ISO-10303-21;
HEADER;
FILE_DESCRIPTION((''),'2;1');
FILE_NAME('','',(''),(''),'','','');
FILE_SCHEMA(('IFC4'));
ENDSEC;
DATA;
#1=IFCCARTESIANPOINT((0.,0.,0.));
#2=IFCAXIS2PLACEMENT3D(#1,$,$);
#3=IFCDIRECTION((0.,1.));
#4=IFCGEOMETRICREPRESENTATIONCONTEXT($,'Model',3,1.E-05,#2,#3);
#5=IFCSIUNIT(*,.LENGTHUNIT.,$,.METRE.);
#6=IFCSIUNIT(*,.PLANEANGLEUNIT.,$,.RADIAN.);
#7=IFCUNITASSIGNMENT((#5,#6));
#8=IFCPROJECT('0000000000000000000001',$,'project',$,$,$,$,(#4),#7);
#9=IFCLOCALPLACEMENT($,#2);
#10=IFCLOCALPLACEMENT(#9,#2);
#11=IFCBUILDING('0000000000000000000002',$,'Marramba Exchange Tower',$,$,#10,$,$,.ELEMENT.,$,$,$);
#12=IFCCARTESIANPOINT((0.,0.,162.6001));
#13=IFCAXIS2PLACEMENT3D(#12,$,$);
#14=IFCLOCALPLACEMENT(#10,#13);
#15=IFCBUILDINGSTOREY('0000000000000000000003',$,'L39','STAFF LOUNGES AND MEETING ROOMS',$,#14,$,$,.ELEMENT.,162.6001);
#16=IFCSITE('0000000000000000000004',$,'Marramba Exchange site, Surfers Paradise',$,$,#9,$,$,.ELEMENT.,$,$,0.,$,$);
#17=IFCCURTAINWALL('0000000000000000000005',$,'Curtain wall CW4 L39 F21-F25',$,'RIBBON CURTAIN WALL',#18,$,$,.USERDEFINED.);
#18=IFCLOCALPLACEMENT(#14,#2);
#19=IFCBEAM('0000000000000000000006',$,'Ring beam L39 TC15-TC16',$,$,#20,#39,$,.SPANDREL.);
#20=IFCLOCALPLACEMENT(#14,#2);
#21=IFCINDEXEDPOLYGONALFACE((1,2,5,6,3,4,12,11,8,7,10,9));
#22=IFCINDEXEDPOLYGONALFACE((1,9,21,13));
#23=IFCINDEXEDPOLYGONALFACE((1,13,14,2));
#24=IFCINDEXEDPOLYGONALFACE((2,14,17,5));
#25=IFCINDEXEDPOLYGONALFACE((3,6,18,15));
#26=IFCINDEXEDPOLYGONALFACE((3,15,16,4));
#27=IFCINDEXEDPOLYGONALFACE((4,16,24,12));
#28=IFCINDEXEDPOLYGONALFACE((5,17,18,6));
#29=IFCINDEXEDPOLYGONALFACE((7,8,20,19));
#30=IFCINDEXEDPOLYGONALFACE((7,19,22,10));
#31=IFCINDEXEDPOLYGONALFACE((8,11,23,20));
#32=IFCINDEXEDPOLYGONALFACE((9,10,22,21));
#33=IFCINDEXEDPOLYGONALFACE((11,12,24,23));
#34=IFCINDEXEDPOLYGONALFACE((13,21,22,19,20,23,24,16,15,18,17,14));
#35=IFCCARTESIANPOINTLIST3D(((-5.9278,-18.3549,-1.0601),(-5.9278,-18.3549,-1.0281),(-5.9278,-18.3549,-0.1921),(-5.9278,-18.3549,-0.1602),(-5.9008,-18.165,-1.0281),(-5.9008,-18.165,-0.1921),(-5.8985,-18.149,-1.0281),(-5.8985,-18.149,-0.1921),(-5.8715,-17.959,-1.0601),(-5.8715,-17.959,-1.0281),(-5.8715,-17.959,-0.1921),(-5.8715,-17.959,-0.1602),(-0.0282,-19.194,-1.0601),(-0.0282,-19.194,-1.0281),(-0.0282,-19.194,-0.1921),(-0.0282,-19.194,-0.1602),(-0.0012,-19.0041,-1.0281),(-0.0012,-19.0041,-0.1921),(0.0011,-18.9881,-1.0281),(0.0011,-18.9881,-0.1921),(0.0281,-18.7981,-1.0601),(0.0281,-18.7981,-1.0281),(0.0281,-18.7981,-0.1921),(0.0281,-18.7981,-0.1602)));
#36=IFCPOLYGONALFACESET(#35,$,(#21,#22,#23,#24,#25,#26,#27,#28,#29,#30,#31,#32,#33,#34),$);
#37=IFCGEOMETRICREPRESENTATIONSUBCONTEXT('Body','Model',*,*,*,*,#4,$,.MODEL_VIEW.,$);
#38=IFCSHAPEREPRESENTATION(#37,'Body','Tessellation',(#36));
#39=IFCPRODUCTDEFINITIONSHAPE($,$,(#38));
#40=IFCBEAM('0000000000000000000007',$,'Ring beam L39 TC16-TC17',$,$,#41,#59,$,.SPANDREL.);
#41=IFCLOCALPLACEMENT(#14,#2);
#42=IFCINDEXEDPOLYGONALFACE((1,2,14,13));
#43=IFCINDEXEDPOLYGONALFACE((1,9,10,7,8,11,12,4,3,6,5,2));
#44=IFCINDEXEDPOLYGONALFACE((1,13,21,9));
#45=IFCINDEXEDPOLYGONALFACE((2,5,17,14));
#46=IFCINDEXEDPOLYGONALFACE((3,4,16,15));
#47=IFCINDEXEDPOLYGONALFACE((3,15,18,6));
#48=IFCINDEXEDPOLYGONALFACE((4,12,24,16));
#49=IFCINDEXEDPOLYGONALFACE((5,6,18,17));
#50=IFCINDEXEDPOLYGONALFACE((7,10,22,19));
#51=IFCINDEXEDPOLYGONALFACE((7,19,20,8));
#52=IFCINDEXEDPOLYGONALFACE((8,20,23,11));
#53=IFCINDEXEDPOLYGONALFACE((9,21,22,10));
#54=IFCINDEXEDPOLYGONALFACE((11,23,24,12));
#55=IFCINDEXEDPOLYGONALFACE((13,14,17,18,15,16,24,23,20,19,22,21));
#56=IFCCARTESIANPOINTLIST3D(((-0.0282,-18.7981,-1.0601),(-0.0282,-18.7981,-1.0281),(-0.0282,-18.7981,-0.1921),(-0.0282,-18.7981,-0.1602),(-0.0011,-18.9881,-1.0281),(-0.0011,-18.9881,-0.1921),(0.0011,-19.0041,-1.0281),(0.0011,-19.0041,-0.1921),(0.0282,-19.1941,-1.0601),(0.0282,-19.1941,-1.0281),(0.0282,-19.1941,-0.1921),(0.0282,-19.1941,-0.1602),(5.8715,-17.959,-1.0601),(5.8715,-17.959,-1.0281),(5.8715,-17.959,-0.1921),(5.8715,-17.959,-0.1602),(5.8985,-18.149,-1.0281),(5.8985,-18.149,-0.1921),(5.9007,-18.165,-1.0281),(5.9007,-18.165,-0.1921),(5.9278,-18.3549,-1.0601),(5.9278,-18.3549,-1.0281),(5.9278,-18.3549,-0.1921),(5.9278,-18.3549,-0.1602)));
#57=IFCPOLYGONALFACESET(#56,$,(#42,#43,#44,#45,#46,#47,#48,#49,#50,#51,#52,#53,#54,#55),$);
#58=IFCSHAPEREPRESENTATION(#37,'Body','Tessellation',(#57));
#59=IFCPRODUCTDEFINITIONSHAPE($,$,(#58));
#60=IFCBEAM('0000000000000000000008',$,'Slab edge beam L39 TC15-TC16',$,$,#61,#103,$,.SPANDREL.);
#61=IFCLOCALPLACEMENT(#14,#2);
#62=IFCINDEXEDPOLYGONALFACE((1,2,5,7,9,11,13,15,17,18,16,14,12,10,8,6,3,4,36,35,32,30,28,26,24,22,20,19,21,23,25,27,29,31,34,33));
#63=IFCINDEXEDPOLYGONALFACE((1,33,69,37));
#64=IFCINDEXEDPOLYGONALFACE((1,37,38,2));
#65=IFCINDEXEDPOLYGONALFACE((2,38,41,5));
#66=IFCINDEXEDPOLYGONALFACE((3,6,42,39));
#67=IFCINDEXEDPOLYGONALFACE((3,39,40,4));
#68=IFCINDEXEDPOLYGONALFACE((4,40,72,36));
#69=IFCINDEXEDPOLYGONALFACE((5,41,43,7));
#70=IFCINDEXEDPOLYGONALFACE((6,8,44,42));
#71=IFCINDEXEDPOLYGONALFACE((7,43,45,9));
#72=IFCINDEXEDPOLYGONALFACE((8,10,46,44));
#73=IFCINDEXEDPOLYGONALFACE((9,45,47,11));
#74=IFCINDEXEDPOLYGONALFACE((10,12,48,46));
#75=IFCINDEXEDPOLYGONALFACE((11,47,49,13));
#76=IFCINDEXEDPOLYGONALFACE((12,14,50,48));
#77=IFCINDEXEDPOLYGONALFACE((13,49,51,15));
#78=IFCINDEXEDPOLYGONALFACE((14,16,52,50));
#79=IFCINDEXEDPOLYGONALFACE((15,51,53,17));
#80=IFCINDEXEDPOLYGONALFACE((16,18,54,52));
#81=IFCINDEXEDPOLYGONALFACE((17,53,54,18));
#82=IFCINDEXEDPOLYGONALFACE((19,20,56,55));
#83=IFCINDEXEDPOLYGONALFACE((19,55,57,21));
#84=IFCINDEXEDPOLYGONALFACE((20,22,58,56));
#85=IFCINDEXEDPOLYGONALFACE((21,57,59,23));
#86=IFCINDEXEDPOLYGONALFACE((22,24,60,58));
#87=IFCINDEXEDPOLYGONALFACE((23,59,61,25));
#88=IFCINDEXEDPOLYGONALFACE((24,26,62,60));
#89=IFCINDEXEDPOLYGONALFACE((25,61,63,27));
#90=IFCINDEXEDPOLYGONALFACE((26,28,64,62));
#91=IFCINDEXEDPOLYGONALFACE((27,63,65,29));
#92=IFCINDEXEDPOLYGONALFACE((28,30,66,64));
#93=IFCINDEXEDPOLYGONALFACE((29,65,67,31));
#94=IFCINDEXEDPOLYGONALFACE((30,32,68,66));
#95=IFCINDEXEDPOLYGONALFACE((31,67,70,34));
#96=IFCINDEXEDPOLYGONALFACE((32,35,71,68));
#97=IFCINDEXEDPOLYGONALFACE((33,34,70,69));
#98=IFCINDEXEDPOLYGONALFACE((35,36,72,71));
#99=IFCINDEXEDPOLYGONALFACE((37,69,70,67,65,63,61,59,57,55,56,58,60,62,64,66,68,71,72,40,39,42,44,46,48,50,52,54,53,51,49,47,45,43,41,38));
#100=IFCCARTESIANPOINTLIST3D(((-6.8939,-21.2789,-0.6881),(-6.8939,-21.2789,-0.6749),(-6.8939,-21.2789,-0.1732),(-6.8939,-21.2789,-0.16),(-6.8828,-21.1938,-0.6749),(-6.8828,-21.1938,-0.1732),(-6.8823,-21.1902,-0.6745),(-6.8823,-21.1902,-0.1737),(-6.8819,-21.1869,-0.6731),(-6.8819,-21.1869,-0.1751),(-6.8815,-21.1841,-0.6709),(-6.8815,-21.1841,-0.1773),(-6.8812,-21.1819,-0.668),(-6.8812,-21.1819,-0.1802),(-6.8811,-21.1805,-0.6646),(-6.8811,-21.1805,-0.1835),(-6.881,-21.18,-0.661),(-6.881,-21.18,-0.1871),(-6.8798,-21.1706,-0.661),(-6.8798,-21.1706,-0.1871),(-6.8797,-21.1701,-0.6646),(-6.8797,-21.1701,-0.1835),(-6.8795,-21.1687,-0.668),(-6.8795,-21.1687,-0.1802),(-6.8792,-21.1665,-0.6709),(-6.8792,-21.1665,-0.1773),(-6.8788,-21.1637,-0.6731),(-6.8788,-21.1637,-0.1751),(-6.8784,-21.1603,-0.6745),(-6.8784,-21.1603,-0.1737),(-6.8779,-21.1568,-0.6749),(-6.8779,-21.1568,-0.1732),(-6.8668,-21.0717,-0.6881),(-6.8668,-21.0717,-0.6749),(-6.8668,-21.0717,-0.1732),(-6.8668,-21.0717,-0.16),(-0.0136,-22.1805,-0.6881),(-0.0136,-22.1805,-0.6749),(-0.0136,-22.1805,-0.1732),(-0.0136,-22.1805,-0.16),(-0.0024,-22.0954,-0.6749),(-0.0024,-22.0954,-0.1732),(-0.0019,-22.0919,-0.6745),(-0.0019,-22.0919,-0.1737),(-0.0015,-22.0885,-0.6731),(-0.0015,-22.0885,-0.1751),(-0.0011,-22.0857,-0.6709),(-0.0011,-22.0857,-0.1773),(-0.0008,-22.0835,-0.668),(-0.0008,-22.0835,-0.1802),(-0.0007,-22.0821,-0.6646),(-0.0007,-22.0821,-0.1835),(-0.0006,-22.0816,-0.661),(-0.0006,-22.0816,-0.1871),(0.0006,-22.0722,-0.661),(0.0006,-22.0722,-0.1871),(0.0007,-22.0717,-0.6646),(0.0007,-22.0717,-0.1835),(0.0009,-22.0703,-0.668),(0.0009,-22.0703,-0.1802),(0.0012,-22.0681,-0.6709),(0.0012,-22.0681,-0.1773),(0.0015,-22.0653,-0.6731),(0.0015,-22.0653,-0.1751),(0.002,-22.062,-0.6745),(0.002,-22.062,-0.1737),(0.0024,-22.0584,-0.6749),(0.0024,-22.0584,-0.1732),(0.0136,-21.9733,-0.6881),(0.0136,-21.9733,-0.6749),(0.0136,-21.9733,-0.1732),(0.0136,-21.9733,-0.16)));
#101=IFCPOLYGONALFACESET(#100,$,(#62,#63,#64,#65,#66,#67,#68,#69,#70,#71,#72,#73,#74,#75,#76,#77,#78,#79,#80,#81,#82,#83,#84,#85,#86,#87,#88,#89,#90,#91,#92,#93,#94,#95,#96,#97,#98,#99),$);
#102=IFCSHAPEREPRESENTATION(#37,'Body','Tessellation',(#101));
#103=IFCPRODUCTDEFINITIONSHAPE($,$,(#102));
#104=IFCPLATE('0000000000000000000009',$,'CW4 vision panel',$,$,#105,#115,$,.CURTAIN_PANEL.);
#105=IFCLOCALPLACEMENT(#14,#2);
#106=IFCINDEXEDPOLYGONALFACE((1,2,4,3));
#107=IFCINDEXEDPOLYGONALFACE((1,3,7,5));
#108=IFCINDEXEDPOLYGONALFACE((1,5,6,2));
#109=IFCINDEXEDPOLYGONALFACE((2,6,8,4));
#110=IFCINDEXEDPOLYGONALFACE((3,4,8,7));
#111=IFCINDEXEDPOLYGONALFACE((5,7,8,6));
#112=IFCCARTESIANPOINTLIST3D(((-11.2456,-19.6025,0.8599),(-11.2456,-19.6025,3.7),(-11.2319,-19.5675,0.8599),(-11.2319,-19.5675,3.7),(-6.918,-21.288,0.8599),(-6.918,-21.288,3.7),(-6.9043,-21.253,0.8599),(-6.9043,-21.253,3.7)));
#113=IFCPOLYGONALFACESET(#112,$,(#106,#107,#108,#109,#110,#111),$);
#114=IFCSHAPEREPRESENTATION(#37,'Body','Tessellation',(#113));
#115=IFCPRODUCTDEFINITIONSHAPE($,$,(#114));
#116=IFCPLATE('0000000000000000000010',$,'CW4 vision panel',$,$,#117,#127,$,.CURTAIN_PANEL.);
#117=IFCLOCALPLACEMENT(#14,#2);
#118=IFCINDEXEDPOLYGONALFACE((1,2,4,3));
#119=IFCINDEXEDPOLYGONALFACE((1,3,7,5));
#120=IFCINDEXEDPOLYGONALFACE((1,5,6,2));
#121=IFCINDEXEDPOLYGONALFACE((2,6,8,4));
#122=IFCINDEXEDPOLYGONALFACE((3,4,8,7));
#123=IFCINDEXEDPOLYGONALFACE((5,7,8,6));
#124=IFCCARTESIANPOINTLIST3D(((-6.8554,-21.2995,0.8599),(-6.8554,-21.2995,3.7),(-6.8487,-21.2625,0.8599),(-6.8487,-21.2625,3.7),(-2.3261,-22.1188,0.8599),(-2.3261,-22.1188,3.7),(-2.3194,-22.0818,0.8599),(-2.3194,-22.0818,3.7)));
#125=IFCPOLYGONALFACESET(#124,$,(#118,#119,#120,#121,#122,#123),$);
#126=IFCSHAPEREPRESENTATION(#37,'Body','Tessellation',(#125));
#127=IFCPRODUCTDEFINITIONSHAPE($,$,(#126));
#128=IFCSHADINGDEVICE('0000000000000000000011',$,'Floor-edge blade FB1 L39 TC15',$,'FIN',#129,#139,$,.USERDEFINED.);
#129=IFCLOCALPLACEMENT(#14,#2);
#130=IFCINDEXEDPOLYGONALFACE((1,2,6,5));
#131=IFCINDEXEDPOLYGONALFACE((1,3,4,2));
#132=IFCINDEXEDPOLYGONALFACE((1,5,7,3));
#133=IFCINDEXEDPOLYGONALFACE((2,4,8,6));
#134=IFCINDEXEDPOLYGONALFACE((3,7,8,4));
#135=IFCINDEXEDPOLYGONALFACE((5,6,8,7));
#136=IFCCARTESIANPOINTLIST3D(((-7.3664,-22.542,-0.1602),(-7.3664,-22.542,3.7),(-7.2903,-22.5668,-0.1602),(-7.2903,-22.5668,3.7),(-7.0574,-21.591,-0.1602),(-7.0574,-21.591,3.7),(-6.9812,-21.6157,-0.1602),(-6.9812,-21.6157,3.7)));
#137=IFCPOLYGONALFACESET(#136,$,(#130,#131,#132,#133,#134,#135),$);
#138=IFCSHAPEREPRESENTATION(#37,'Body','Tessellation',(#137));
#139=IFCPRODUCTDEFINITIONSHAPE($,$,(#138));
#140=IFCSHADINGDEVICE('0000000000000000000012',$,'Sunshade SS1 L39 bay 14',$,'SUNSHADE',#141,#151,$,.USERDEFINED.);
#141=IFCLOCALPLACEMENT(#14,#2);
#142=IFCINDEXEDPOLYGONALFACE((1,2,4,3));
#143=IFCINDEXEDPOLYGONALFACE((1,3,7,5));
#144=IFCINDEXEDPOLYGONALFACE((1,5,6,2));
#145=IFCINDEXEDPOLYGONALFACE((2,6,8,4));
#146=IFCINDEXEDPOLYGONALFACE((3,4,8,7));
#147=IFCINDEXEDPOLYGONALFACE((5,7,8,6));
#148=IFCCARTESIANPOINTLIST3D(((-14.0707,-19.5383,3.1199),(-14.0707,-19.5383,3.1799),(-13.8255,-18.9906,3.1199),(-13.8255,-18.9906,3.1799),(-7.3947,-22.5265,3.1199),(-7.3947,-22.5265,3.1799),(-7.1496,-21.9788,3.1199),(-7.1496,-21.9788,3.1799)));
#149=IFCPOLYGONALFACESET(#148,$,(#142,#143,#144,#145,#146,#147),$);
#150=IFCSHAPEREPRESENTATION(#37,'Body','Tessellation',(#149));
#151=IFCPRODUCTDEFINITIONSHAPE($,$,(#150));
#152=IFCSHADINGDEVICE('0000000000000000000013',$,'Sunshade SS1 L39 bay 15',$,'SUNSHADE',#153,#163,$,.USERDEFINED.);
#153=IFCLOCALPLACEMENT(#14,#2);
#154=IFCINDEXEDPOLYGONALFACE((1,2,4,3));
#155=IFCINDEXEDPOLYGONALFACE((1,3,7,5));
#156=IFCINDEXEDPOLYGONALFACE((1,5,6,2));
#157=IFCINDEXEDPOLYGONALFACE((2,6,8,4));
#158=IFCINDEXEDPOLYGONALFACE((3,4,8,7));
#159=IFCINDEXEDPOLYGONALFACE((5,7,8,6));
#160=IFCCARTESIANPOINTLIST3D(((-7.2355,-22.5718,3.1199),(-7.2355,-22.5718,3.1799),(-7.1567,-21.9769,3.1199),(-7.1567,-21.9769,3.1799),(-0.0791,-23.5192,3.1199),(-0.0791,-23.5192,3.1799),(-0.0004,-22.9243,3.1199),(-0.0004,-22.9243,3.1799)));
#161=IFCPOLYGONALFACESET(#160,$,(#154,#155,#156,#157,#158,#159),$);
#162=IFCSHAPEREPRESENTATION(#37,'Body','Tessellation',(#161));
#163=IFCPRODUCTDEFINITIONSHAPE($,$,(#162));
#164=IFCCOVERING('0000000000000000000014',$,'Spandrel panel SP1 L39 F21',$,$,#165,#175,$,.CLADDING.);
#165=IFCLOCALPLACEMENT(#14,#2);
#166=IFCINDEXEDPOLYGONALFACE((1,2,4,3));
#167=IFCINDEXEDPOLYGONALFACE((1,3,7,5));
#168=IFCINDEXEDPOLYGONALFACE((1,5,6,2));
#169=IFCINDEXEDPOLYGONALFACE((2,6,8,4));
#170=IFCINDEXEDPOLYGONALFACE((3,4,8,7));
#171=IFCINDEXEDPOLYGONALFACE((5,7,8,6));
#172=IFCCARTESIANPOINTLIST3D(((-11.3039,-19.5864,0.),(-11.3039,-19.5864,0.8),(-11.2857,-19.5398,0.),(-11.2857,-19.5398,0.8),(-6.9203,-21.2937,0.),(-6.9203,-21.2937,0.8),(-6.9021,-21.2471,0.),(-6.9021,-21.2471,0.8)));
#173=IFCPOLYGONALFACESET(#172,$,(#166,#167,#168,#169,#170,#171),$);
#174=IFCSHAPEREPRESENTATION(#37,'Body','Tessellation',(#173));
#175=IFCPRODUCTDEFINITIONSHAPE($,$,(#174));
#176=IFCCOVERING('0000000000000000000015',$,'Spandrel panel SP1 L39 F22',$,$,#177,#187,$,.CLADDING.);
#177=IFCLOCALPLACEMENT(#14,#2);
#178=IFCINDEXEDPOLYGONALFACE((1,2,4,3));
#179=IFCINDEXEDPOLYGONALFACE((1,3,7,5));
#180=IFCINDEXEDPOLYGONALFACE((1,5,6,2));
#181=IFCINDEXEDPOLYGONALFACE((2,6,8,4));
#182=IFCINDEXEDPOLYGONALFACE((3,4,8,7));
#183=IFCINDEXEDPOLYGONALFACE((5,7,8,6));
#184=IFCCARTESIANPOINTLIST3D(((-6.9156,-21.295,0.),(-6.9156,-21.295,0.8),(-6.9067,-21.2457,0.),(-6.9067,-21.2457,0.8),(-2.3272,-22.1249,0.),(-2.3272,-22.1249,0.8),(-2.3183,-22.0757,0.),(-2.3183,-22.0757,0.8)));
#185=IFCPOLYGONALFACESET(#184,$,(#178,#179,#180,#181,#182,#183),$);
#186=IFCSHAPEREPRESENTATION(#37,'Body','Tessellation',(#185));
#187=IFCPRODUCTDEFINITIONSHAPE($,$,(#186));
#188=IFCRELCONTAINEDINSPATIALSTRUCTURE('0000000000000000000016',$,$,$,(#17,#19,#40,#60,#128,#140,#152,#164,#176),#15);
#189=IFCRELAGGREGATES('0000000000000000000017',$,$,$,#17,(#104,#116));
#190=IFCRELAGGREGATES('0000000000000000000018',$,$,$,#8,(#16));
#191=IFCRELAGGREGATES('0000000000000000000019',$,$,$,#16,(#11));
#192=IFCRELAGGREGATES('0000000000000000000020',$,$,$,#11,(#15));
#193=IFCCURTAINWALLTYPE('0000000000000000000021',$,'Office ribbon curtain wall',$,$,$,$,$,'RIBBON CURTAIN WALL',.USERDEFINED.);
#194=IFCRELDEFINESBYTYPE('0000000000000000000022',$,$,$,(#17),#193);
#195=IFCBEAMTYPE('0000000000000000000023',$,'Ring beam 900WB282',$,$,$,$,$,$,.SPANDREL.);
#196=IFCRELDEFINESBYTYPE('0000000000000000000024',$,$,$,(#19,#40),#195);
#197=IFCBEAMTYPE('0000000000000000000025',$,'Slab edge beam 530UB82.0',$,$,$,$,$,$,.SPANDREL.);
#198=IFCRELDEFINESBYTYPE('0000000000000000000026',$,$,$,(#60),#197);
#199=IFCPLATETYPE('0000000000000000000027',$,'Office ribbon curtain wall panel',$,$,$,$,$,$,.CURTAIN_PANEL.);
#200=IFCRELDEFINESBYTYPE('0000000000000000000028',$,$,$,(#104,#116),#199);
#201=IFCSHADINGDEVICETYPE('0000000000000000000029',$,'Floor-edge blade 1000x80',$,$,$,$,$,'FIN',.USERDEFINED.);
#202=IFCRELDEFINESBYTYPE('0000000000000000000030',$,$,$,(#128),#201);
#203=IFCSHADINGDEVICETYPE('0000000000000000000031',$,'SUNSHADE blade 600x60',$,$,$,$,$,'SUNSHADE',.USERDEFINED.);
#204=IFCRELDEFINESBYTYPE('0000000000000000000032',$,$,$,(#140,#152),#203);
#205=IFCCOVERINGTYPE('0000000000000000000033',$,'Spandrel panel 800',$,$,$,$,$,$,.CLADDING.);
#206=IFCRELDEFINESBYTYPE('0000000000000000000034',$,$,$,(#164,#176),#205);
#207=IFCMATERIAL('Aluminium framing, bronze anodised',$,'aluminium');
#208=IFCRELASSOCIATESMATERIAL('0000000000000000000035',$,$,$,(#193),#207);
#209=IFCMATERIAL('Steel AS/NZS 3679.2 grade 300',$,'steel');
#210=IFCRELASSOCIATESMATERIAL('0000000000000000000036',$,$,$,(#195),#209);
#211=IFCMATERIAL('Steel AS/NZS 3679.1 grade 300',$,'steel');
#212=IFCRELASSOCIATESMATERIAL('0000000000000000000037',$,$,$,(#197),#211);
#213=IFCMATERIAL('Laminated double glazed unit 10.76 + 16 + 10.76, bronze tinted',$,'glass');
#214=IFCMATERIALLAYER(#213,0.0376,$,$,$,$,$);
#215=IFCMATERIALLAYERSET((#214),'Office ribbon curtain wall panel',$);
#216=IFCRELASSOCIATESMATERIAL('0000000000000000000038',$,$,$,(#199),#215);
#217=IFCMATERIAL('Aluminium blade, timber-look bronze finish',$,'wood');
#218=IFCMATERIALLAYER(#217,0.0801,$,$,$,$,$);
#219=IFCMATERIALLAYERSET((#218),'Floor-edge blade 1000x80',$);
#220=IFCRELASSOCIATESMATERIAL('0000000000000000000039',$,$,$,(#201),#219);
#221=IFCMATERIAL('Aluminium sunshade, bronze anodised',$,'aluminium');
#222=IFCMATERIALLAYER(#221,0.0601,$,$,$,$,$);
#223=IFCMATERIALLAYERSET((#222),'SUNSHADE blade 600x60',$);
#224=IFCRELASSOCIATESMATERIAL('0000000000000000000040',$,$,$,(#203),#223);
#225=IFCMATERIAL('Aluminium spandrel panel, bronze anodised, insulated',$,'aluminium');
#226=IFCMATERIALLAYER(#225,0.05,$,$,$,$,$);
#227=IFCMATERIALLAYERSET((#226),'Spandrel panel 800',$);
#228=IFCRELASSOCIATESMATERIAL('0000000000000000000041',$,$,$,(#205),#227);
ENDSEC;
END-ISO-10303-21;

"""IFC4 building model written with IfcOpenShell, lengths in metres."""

from ifc_helpers import new_model, si_unit, direction, frame, origin, origin_2d, place, context, subcontext, project, spatial, rectangle, i_section, extrude, material, layer, layer_set, material_profile, profile_set, type_object, element, aggregate, save


model = new_model("IFC4")

# Units and contexts
model_context = context("Model", 3, precision=1e-05, world=origin(), true_north=direction((0.0, 1.0)))
body_context = subcontext(model_context, "Body", "Model", "MODEL_VIEW")
ifc_project = project(units=[si_unit("LENGTHUNIT", "METRE"), si_unit("PLANEANGLEUNIT", "RADIAN")], contexts=[model_context])

# Site, building, storey
site_placement = place(None, origin())
site = spatial("IfcSite", under=ifc_project, at=site_placement, Name="Marramba Exchange site, Surfers Paradise", CompositionType="ELEMENT", RefElevation=0.0)
building_placement = place(site_placement, origin())
building = spatial("IfcBuilding", under=site, at=building_placement, Name="Marramba Exchange Tower", CompositionType="ELEMENT")
storey_placement = place(building_placement, frame((0.0, 0.0, 162.6001)))
storey = spatial("IfcBuildingStorey", under=building, at=storey_placement, Name="L39", Description="STAFF LOUNGES AND MEETING ROOMS", CompositionType="ELEMENT", Elevation=162.6001)

# Shared definitions
ifc_material_1 = material(Name="Steel AS/NZS 3679.2 grade 300", Category="steel")

# Curtain wall
ifc_material_2 = material(Name="Aluminium framing, bronze anodised", Category="aluminium")
curtain_wall_type = type_object("IfcCurtainWallType", Name="Office ribbon curtain wall", ElementType="RIBBON CURTAIN WALL", PredefinedType="USERDEFINED", material=ifc_material_2)
curtain_wall_placement = place(storey_placement, origin())
curtain_wall = element("IfcCurtainWall", 1, at=curtain_wall_placement, inside=storey, type_object=curtain_wall_type, Name="Curtain wall CW4 L39 F21-F25", ObjectType="RIBBON CURTAIN WALL", PredefinedType="USERDEFINED")

# Beams
ifc_material_profile_1 = material_profile(ifc_material_1, i_section(OverallWidth=0.3999, OverallDepth=0.8999, WebThickness=0.0161, FlangeThickness=0.032, at=origin_2d()), Name="900WB282")
ifc_profile_set_1 = profile_set([ifc_material_profile_1], Name="Steel AS/NZS 3679.2 grade 300")
beam_type_1 = type_object("IfcBeamType", Name="Ring beam 900WB282", PredefinedType="SPANDREL", material=ifc_profile_set_1)
for number, where, z_axis, x_axis, name in (
    (2, (-5.8997, -18.157, -0.6101), (0.990036, -0.140813, 0.0), (0.140813, 0.990036, 0.0), "Ring beam L39 TC15-TC16"),
    (3, (0.0, -18.9961, -0.6101), (0.990036, 0.140813, 0.0), (-0.140813, 0.990036, 0.0), "Ring beam L39 TC16-TC17"),
):
    element("IfcBeam", number, at=place(storey_placement, frame(where, z_axis=z_axis, x_axis=x_axis)), inside=storey, type_object=beam_type_1, Name=name, PredefinedType="SPANDREL", context=body_context, shape_type="SweptSolid", body=[
        extrude(i_section(OverallWidth=0.3999, OverallDepth=0.8999, WebThickness=0.0161, FlangeThickness=0.032, at=origin_2d()), origin(), (0.0, 0.0, 1.0), 5.959),
    ])
ifc_material_3 = material(Name="Steel AS/NZS 3679.1 grade 300", Category="steel")
ifc_material_profile_2 = material_profile(ifc_material_3, i_section(OverallWidth=0.209, OverallDepth=0.5281, WebThickness=0.0095, FlangeThickness=0.0132, FilletRadius=0.0139, at=origin_2d()), Name="530UB82.0")
ifc_profile_set_2 = profile_set([ifc_material_profile_2], Name="Steel AS/NZS 3679.1 grade 300")
beam_type_2 = type_object("IfcBeamType", Name="Slab edge beam 530UB82.0", PredefinedType="SPANDREL", material=ifc_profile_set_2)
beam_1_placement = place(storey_placement, frame((-6.8804, -21.1753, -0.4241), z_axis=(0.991523, -0.12993, 0.0), x_axis=(0.12993, 0.991523, 0.0)))
element("IfcBeam", 4, at=beam_1_placement, inside=storey, type_object=beam_type_2, Name="Slab edge beam L39 TC15-TC16", PredefinedType="SPANDREL", context=body_context, shape_type="SweptSolid", body=[
    extrude(i_section(OverallWidth=0.209, OverallDepth=0.5281, WebThickness=0.0095, FlangeThickness=0.0132, FilletRadius=0.0139, at=origin_2d()), origin(), (0.0, 0.0, 1.0), 6.9392),
])

# Plates
ifc_material_4 = material(Name="Laminated double glazed unit 10.76 + 16 + 10.76, bronze tinted", Category="glass")
ifc_layer_1 = layer(ifc_material_4, 0.0376)
ifc_layer_set_1 = layer_set([ifc_layer_1], Name="Office ribbon curtain wall panel")
plate_type = type_object("IfcPlateType", Name="Office ribbon curtain wall panel", PredefinedType="CURTAIN_PANEL", material=ifc_layer_set_1)
plate_1_placement = place(storey_placement, frame((-9.075, -20.4277, 0.8599), z_axis=(0.0, 0.0, 1.0), x_axis=(0.931818, -0.362925, 0.0)))
plate_1 = element("IfcPlate", 5, at=plate_1_placement, type_object=plate_type, Name="CW4 vision panel", PredefinedType="CURTAIN_PANEL", context=body_context, shape_type="SweptSolid", body=[
    extrude(rectangle(XDim=4.6443, YDim=0.0376, at=origin_2d()), origin(), (0.0, 0.0, 1.0), 2.8401),
])
plate_2_placement = place(storey_placement, frame((-4.5874, -21.6907, 0.8599), z_axis=(0.0, 0.0, 1.0), x_axis=(0.984032, -0.177992, 0.0)))
plate_2 = element("IfcPlate", 6, at=plate_2_placement, type_object=plate_type, Name="CW4 vision panel", PredefinedType="CURTAIN_PANEL", context=body_context, shape_type="SweptSolid", body=[
    extrude(rectangle(XDim=4.6028, YDim=0.0376, at=origin_2d()), origin(), (0.0, 0.0, 1.0), 2.8401),
])
aggregate(curtain_wall, [plate_1, plate_2])

# Shading devices
ifc_material_5 = material(Name="Aluminium blade, timber-look bronze finish", Category="wood")
ifc_layer_2 = layer(ifc_material_5, 0.0801)
ifc_layer_set_2 = layer_set([ifc_layer_2], Name="Floor-edge blade 1000x80")
shading_device_type_1 = type_object("IfcShadingDeviceType", Name="Floor-edge blade 1000x80", ElementType="FIN", PredefinedType="USERDEFINED", material=ifc_layer_set_2)
shading_device_1_placement = place(storey_placement, frame((-7.1738, -22.0789, -0.1602), z_axis=(0.0, 0.0, 1.0), x_axis=(-0.309017, -0.951057, 0.0)))
element("IfcShadingDevice", 7, at=shading_device_1_placement, inside=storey, type_object=shading_device_type_1, Name="Floor-edge blade FB1 L39 TC15", ObjectType="FIN", PredefinedType="USERDEFINED", context=body_context, shape_type="SweptSolid", body=[
    extrude(rectangle(XDim=1.0, YDim=0.0801, at=origin_2d()), origin(), (0.0, 0.0, 1.0), 3.8601),
])
ifc_material_6 = material(Name="Aluminium sunshade, bronze anodised", Category="aluminium")
ifc_layer_3 = layer(ifc_material_6, 0.0601)
ifc_layer_set_3 = layer_set([ifc_layer_3], Name="SUNSHADE blade 600x60")
shading_device_type_2 = type_object("IfcShadingDeviceType", Name="SUNSHADE blade 600x60", ElementType="SUNSHADE", PredefinedType="USERDEFINED", material=ifc_layer_set_3)
shading_device_2_placement = place(storey_placement, frame((-10.6101, -20.7585, 3.1199), z_axis=(0.0, 0.0, 1.0), x_axis=(0.912736, -0.40855, 0.0)))
element("IfcShadingDevice", 8, at=shading_device_2_placement, inside=storey, type_object=shading_device_type_2, Name="Sunshade SS1 L39 bay 14", ObjectType="SUNSHADE", PredefinedType="USERDEFINED", context=body_context, shape_type="SweptSolid", body=[
    extrude(rectangle(XDim=7.3142, YDim=0.6001, at=origin_2d()), origin(), (0.0, 0.0, 1.0), 0.0601),
])
shading_device_3_placement = place(storey_placement, frame((-3.6179, -22.748, 3.1199), z_axis=(0.0, 0.0, 1.0), x_axis=(0.99135, -0.131241, 0.0)))
element("IfcShadingDevice", 9, at=shading_device_3_placement, inside=storey, type_object=shading_device_type_2, Name="Sunshade SS1 L39 bay 15", ObjectType="SUNSHADE", PredefinedType="USERDEFINED", context=body_context, shape_type="SweptSolid", body=[
    extrude(rectangle(XDim=7.2188, YDim=0.6001, at=origin_2d()), origin(), (0.0, 0.0, 1.0), 0.0601),
])

# Coverings
ifc_material_7 = material(Name="Aluminium spandrel panel, bronze anodised, insulated", Category="aluminium")
ifc_layer_4 = layer(ifc_material_7, 0.05)
ifc_layer_set_4 = layer_set([ifc_layer_4], Name="Spandrel panel 800")
covering_type = type_object("IfcCoveringType", Name="Spandrel panel 800", PredefinedType="CLADDING", material=ifc_layer_set_4)
covering_1_placement = place(storey_placement, frame((-9.103, -20.4167, 0.0), z_axis=(0.0, 0.0, 1.0), x_axis=(0.931818, -0.362925, 0.0)))
element("IfcCovering", 10, at=covering_1_placement, inside=storey, type_object=covering_type, Name="Spandrel panel SP1 L39 F21", PredefinedType="CLADDING", context=body_context, shape_type="SweptSolid", body=[
    extrude(rectangle(XDim=4.7043, YDim=0.05, at=origin_2d()), origin(), (0.0, 0.0, 1.0), 0.8),
])
covering_2_placement = place(storey_placement, frame((-4.6169, -21.6853, 0.0), z_axis=(0.0, 0.0, 1.0), x_axis=(0.984032, -0.177992, 0.0)))
element("IfcCovering", 11, at=covering_2_placement, inside=storey, type_object=covering_type, Name="Spandrel panel SP1 L39 F22", PredefinedType="CLADDING", context=body_context, shape_type="SweptSolid", body=[
    extrude(rectangle(XDim=4.6628, YDim=0.05, at=origin_2d()), origin(), (0.0, 0.0, 1.0), 0.8),
])

save(model, "model.ifc")
